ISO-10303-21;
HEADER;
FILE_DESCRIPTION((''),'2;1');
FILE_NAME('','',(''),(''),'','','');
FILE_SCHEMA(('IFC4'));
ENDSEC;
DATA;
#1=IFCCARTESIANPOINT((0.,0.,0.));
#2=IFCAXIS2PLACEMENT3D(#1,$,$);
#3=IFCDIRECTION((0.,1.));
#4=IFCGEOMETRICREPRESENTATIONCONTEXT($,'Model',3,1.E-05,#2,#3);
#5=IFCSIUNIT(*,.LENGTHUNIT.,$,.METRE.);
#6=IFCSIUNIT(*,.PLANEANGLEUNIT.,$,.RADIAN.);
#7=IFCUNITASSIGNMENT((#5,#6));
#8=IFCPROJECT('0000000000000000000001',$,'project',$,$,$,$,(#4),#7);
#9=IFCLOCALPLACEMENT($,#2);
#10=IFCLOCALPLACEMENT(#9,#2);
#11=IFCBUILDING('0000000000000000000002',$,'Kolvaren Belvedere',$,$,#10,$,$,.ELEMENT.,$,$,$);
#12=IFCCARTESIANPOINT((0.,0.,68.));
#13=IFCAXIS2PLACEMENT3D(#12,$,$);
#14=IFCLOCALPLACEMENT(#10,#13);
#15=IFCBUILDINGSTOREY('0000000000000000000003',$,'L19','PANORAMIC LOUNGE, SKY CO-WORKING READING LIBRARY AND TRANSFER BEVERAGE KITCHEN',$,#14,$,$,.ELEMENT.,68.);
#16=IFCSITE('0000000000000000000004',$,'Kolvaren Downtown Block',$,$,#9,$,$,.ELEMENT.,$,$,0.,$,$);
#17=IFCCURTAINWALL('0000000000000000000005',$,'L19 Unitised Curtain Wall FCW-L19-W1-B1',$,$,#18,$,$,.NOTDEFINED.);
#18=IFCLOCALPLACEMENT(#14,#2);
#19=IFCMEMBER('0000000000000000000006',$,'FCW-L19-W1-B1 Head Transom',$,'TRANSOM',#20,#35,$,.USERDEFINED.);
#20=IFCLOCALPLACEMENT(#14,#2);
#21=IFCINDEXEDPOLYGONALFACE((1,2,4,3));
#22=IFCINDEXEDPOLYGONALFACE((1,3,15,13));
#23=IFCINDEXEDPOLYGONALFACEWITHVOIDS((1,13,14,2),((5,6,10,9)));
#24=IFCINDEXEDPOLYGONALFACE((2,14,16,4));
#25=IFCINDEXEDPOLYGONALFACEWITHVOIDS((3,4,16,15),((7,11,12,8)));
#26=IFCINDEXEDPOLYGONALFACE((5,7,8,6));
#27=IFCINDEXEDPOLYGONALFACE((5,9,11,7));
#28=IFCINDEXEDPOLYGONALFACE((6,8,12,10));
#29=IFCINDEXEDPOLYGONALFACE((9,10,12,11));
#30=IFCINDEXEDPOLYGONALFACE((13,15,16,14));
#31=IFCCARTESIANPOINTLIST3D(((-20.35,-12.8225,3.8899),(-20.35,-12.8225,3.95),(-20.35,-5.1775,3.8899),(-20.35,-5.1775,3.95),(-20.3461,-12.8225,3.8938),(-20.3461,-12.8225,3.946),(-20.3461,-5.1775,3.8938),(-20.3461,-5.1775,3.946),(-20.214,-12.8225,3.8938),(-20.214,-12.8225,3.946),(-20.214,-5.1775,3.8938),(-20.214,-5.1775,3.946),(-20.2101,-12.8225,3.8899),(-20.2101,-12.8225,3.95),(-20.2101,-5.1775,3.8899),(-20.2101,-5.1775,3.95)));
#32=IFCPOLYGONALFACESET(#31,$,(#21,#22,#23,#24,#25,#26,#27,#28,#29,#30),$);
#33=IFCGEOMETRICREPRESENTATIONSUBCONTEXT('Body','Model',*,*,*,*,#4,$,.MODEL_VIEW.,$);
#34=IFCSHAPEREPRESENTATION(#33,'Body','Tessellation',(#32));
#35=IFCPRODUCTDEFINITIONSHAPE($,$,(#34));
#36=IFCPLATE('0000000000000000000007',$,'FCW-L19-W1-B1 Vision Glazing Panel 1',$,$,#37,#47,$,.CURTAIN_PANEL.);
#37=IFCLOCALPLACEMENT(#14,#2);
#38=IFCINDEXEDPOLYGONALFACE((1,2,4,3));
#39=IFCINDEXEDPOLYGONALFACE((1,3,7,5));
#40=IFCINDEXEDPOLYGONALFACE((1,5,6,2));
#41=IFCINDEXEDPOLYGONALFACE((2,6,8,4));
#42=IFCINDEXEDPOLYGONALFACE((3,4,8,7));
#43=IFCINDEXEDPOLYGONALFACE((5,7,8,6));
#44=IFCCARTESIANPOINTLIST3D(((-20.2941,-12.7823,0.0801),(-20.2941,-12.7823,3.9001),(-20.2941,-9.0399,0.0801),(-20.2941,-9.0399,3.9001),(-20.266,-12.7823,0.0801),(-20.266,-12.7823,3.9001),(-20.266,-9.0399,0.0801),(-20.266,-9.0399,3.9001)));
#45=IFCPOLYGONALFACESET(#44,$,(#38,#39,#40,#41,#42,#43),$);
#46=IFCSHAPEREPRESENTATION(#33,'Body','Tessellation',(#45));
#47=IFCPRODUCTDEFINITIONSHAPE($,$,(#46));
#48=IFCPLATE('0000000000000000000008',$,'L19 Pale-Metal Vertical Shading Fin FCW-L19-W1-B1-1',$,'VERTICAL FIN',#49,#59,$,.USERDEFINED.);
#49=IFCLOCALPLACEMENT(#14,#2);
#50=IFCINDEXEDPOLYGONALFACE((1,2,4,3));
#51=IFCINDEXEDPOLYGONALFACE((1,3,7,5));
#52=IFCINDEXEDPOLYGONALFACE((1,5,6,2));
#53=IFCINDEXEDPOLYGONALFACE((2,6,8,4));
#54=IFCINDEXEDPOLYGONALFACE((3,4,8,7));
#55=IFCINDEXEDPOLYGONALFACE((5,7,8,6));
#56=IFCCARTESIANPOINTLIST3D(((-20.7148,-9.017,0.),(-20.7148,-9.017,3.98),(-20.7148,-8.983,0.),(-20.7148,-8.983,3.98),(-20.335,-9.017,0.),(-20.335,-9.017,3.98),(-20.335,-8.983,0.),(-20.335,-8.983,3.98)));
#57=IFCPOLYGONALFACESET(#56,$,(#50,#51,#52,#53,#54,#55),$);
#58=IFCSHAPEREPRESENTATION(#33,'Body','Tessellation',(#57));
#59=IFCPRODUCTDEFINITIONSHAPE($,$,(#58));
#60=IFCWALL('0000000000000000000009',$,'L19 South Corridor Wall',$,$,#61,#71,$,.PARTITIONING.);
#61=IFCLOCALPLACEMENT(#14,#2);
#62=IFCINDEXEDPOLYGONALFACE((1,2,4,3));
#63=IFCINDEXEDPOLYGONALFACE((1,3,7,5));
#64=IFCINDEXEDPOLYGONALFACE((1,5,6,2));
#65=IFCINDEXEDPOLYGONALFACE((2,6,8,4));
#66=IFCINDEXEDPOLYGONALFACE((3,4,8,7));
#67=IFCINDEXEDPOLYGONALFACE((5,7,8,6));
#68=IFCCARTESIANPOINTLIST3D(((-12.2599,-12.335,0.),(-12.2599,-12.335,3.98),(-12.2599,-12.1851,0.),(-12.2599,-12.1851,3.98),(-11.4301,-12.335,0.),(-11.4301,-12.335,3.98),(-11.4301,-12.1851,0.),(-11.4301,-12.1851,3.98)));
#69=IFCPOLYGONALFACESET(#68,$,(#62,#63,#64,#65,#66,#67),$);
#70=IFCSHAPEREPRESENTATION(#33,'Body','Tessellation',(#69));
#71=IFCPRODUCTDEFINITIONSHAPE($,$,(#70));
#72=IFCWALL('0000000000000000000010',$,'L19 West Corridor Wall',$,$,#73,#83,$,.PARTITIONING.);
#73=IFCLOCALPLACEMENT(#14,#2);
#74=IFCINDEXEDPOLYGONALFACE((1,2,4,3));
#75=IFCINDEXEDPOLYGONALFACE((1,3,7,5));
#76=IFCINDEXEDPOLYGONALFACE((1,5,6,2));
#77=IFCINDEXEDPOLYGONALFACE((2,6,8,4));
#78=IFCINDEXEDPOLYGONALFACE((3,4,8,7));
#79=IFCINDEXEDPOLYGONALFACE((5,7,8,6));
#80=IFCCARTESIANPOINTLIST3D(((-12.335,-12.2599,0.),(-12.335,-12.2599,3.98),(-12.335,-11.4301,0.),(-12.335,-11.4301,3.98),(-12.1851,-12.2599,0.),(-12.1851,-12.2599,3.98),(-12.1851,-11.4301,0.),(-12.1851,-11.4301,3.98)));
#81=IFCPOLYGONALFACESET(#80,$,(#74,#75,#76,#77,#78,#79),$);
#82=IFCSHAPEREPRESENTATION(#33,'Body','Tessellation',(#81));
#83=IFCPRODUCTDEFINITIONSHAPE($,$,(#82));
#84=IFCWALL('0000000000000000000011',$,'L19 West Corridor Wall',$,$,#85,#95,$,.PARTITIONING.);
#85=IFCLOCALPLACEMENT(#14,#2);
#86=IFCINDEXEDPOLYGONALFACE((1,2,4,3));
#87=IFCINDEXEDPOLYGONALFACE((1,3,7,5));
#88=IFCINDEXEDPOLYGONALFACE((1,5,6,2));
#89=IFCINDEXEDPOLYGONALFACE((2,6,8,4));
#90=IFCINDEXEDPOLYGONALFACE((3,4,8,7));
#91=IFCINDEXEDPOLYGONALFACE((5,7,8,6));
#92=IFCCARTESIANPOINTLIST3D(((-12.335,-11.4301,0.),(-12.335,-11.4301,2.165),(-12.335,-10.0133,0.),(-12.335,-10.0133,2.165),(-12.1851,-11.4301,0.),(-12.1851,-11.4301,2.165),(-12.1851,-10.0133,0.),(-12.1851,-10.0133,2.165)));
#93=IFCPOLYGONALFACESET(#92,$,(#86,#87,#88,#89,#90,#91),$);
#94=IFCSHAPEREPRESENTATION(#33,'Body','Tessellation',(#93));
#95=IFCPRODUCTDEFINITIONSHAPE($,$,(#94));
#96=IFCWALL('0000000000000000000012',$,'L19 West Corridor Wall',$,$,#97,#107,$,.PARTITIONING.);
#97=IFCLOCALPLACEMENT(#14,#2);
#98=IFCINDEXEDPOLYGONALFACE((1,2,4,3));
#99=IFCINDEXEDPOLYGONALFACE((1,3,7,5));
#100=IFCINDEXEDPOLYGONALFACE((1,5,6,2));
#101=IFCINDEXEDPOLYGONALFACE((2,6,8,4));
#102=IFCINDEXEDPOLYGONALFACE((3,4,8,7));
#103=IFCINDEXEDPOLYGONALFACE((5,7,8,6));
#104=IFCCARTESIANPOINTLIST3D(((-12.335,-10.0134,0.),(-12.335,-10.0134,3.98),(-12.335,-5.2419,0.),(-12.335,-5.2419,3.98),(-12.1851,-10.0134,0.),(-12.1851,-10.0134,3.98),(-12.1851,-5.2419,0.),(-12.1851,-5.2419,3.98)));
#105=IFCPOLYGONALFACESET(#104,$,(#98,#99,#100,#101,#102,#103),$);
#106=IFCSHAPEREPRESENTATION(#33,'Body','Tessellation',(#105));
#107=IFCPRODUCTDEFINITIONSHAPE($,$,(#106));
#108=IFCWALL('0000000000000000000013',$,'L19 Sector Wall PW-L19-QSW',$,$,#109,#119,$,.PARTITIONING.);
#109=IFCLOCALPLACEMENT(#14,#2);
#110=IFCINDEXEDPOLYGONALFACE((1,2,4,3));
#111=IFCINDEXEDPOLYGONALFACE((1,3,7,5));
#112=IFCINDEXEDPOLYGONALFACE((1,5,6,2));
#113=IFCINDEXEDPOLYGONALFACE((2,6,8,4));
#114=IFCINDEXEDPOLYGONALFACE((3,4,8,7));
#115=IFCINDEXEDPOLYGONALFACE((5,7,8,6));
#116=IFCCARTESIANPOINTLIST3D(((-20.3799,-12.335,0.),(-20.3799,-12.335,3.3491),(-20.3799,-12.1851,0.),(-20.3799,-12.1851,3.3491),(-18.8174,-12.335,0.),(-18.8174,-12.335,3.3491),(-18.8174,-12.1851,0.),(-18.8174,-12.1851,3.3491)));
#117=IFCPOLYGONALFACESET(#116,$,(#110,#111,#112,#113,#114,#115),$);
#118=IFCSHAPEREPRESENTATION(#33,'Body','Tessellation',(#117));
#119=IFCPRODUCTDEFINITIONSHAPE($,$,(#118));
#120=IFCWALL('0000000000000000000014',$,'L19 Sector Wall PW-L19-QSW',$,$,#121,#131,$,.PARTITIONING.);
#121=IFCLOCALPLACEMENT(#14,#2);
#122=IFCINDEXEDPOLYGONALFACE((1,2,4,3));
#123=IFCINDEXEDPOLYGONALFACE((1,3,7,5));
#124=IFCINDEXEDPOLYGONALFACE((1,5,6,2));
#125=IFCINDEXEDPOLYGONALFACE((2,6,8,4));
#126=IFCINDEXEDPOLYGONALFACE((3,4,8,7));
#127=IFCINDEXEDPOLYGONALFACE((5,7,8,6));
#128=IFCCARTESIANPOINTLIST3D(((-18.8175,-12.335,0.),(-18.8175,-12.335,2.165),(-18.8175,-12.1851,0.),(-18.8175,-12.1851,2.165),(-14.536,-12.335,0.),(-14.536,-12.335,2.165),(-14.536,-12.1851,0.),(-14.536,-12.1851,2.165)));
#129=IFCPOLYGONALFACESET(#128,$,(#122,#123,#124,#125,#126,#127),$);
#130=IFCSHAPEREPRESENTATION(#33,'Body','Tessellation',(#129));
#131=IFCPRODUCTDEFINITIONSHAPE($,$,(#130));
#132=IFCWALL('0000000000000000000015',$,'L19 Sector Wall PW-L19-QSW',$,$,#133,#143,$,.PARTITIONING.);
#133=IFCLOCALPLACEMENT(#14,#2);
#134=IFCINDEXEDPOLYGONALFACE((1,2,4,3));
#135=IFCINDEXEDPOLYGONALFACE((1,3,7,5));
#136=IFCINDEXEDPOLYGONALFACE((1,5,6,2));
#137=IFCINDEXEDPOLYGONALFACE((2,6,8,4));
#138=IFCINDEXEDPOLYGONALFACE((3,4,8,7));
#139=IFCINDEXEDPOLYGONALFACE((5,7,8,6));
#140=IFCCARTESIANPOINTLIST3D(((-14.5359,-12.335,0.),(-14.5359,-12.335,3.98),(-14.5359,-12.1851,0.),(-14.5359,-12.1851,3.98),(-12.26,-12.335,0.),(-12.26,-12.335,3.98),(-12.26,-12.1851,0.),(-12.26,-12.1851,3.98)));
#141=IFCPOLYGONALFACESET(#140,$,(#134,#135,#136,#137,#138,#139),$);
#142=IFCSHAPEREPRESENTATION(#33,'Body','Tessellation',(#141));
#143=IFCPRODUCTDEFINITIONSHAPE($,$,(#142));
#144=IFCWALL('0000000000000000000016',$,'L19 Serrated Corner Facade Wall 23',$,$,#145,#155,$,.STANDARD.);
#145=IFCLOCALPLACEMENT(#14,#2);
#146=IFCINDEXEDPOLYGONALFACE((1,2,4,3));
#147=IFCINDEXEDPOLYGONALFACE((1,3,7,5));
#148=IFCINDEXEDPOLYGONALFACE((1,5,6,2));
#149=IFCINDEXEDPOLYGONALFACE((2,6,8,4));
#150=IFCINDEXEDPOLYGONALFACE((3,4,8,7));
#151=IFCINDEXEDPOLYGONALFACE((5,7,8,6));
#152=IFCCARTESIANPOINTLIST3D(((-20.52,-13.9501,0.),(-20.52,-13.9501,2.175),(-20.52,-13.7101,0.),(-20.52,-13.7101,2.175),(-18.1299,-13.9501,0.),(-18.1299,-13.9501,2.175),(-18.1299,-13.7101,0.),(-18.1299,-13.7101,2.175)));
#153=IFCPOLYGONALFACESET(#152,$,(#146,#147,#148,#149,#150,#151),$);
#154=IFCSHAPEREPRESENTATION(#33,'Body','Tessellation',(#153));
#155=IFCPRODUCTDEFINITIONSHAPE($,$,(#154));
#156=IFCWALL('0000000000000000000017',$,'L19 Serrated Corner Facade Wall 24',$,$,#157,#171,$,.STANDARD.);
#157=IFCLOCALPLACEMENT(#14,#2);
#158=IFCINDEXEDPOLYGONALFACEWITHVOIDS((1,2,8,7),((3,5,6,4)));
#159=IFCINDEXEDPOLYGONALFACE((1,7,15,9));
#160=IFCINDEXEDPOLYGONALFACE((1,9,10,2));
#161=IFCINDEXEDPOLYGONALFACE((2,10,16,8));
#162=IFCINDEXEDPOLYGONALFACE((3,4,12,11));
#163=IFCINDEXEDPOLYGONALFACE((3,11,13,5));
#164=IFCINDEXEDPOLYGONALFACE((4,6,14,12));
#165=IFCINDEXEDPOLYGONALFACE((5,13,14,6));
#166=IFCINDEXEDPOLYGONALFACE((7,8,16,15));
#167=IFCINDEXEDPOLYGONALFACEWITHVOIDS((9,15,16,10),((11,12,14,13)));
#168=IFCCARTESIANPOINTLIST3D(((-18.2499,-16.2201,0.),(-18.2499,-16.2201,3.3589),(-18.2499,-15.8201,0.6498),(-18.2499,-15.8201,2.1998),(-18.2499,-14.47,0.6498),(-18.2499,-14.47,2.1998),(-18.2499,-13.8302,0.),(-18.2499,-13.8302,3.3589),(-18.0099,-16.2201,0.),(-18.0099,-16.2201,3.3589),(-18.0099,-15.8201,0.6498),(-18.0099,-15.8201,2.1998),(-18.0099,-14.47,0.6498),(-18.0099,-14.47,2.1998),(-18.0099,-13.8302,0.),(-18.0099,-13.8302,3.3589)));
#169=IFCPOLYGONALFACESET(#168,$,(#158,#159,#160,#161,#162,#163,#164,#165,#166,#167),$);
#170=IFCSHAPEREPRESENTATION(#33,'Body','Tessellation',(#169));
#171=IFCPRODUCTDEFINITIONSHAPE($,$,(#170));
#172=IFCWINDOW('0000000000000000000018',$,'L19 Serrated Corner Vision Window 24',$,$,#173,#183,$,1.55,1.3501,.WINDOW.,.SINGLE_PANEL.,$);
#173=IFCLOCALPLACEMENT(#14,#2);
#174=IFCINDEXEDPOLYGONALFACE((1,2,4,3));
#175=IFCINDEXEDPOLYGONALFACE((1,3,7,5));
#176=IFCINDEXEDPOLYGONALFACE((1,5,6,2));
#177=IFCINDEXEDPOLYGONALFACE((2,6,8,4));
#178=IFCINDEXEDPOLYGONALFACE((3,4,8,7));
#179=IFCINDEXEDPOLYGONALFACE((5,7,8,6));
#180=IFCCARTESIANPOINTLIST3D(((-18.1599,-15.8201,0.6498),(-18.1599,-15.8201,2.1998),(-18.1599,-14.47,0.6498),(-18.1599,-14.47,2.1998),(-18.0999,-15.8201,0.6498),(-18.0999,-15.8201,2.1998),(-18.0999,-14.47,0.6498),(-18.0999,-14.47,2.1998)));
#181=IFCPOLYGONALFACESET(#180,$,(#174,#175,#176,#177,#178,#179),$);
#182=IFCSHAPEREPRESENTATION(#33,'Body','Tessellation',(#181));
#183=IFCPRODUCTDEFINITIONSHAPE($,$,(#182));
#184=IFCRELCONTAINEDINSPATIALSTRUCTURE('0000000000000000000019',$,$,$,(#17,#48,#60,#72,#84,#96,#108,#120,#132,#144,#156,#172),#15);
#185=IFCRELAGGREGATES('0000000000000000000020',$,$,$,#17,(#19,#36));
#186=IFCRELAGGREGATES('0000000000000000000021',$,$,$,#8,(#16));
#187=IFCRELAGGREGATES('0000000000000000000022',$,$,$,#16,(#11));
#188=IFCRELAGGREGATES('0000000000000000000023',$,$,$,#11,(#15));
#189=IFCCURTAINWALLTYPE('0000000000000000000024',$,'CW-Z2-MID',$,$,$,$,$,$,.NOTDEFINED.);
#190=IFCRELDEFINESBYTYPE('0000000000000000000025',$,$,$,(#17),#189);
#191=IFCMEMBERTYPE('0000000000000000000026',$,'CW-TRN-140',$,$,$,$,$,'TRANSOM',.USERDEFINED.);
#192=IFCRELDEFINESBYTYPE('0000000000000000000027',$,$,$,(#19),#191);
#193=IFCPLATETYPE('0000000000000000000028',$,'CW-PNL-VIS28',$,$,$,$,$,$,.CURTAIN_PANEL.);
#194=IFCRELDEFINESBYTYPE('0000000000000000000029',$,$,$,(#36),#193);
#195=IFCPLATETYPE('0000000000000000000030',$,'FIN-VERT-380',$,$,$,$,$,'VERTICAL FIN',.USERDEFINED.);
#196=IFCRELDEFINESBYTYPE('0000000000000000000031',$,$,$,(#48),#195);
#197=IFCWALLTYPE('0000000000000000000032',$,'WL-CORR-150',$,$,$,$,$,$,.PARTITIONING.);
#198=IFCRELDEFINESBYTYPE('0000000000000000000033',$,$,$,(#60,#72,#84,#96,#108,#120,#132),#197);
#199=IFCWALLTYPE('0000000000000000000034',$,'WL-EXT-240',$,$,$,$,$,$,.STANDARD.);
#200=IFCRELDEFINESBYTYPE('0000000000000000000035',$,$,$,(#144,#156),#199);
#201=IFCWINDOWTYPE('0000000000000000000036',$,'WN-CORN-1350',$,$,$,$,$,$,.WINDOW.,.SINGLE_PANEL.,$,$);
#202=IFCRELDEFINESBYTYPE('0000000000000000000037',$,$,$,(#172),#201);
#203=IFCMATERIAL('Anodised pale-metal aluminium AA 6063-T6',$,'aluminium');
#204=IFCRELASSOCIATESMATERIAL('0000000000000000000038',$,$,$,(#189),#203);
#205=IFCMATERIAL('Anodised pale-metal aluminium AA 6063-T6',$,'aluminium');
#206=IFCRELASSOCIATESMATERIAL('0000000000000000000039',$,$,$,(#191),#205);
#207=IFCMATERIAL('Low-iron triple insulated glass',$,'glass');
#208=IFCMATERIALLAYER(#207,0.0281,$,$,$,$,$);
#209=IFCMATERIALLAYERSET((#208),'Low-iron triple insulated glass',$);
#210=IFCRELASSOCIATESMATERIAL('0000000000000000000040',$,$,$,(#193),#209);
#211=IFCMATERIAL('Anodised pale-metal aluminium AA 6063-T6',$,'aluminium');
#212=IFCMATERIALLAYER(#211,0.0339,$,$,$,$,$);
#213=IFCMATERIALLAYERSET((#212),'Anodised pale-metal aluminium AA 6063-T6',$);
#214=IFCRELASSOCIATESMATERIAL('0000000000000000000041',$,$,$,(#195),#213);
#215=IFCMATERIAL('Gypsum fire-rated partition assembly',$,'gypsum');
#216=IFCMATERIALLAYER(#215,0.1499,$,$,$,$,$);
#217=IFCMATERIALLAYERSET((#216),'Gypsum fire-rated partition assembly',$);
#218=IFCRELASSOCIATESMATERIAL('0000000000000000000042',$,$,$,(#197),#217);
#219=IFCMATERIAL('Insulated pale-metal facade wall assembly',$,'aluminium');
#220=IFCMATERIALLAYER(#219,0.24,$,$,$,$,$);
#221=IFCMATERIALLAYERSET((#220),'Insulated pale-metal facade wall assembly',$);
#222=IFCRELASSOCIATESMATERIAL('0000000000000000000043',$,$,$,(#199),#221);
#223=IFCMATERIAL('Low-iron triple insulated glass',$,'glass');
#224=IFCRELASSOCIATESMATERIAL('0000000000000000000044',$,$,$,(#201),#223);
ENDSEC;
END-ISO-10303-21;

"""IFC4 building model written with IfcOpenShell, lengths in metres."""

from ifc_helpers import new_model, si_unit, direction, frame, frame_2d, origin, origin_2d, place, context, subcontext, project, spatial, rectangle, hollow_rectangle, extrude, material, layer, layer_set, material_profile, profile_set, type_object, element, fill, aggregate, save


model = new_model("IFC4")

# Units and contexts
model_context = context("Model", 3, precision=1e-05, world=origin(), true_north=direction((0.0, 1.0)))
body_context = subcontext(model_context, "Body", "Model", "MODEL_VIEW")
ifc_project = project(units=[si_unit("LENGTHUNIT", "METRE"), si_unit("PLANEANGLEUNIT", "RADIAN")], contexts=[model_context])

# Site, building, storey
site_placement = place(None, origin())
site = spatial("IfcSite", under=ifc_project, at=site_placement, Name="Kolvaren Downtown Block", CompositionType="ELEMENT", RefElevation=0.0)
building_placement = place(site_placement, origin())
building = spatial("IfcBuilding", under=site, at=building_placement, Name="Kolvaren Belvedere", CompositionType="ELEMENT")
storey_placement = place(building_placement, frame((0.0, 0.0, 68.0)))
storey = spatial("IfcBuildingStorey", under=building, at=storey_placement, Name="L19", Description="PANORAMIC LOUNGE, SKY CO-WORKING READING LIBRARY AND TRANSFER BEVERAGE KITCHEN", CompositionType="ELEMENT", Elevation=68.0)

# Shared definitions
ifc_material_1 = material(Name="Anodised pale-metal aluminium AA 6063-T6", Category="aluminium")
curtain_wall_type = type_object("IfcCurtainWallType", Name="CW-Z2-MID", PredefinedType="NOTDEFINED", material=ifc_material_1)

# Curtain wall, member, plate
curtain_wall_1_placement = place(storey_placement, origin())
curtain_wall_1 = element("IfcCurtainWall", 1, at=curtain_wall_1_placement, inside=storey, type_object=curtain_wall_type, Name="L19 Unitised Curtain Wall FCW-L19-W1-B1", PredefinedType="NOTDEFINED")
ifc_material_2 = material(Name="Anodised pale-metal aluminium AA 6063-T6", Category="aluminium")
ifc_material_profile_1 = material_profile(ifc_material_2, hollow_rectangle(XDim=0.0601, YDim=0.1399, WallThickness=0.0039, at=origin_2d()), Name="ALU-TRN-140X60")
ifc_profile_set_1 = profile_set([ifc_material_profile_1], Name="Anodised pale-metal aluminium AA 6063-T6")
member_type_1 = type_object("IfcMemberType", Name="CW-TRN-140", ElementType="TRANSOM", PredefinedType="USERDEFINED", material=ifc_profile_set_1)
member_1_placement = place(storey_placement, frame((-20.28, -12.8225, 3.9199), z_axis=(0.0, 1.0, 0.0), x_axis=(0.0, 0.0, 1.0)))
member_1 = element("IfcMember", 2, at=member_1_placement, type_object=member_type_1, Name="FCW-L19-W1-B1 Head Transom", ObjectType="TRANSOM", PredefinedType="USERDEFINED", context=body_context, shape_type="SweptSolid", body=[
    extrude(hollow_rectangle(XDim=0.0601, YDim=0.1399, WallThickness=0.0039, at=origin_2d()), origin(), (0.0, 0.0, 1.0), 7.645),
])
ifc_material_3 = material(Name="Low-iron triple insulated glass", Category="glass")
ifc_layer_1 = layer(ifc_material_3, 0.0281)
ifc_layer_set_1 = layer_set([ifc_layer_1], Name="Low-iron triple insulated glass")
plate_type_1 = type_object("IfcPlateType", Name="CW-PNL-VIS28", PredefinedType="CURTAIN_PANEL", material=ifc_layer_set_1)
plate_1_placement = place(storey_placement, frame((-20.28, -10.9111, 0.0801), z_axis=(0.0, 0.0, 1.0), x_axis=(0.0, 1.0, 0.0)))
plate_1 = element("IfcPlate", 3, at=plate_1_placement, type_object=plate_type_1, Name="FCW-L19-W1-B1 Vision Glazing Panel 1", PredefinedType="CURTAIN_PANEL", context=body_context, shape_type="SweptSolid", body=[
    extrude(rectangle(XDim=3.7424, YDim=0.0281, at=origin_2d()), origin(), (0.0, 0.0, 1.0), 3.8201),
])
aggregate(curtain_wall_1, [member_1, plate_1])

# Plate
ifc_material_4 = material(Name="Anodised pale-metal aluminium AA 6063-T6", Category="aluminium")
ifc_layer_2 = layer(ifc_material_4, 0.0339)
ifc_layer_set_2 = layer_set([ifc_layer_2], Name="Anodised pale-metal aluminium AA 6063-T6")
plate_type_2 = type_object("IfcPlateType", Name="FIN-VERT-380", ElementType="VERTICAL FIN", PredefinedType="USERDEFINED", material=ifc_layer_set_2)
plate_2_placement = place(storey_placement, frame((-20.5249, -9.0, 0.0), z_axis=(0.0, 0.0, 1.0), x_axis=(1.0, 0.0, 0.0)))
element("IfcPlate", 4, at=plate_2_placement, inside=storey, type_object=plate_type_2, Name="L19 Pale-Metal Vertical Shading Fin FCW-L19-W1-B1-1", ObjectType="VERTICAL FIN", PredefinedType="USERDEFINED", context=body_context, shape_type="SweptSolid", body=[
    extrude(rectangle(XDim=0.3799, YDim=0.0339, at=origin_2d()), origin(), (0.0, 0.0, 1.0), 3.98),
])

# Walls
ifc_material_5 = material(Name="Gypsum fire-rated partition assembly", Category="gypsum")
ifc_layer_3 = layer(ifc_material_5, 0.1499)
ifc_layer_set_3 = layer_set([ifc_layer_3], Name="Gypsum fire-rated partition assembly")
wall_type_1 = type_object("IfcWallType", Name="WL-CORR-150", PredefinedType="PARTITIONING", material=ifc_layer_set_3)
for number, where, z_axis, x_axis, name in (
    (5, (-12.26, -12.26, 0.0), (0.0, 0.0, 1.0), (1.0, 0.0, 0.0), "L19 South Corridor Wall"),
    (6, (-12.26, -12.26, 0.0), (0.0, 0.0, 1.0), (0.0, 1.0, 0.0), "L19 West Corridor Wall"),
):
    element("IfcWall", number, at=place(storey_placement, frame(where, z_axis=z_axis, x_axis=x_axis)), inside=storey, type_object=wall_type_1, Name=name, PredefinedType="PARTITIONING", context=body_context, shape_type="SweptSolid", body=[
        extrude(rectangle(XDim=0.8298, YDim=0.1499, at=frame_2d((0.415, 0.0))), origin(), (0.0, 0.0, 1.0), 3.98),
    ])
wall_1_placement = place(storey_placement, frame((-12.26, -11.4302, 0.0), z_axis=(0.0, 0.0, 1.0), x_axis=(0.0, 1.0, 0.0)))
element("IfcWall", 7, at=wall_1_placement, inside=storey, type_object=wall_type_1, Name="L19 West Corridor Wall", PredefinedType="PARTITIONING", context=body_context, shape_type="SweptSolid", body=[
    extrude(rectangle(XDim=1.4167, YDim=0.1499, at=frame_2d((0.7085, 0.0))), origin(), (0.0, 0.0, 1.0), 2.165),
])
wall_2_placement = place(storey_placement, frame((-12.26, -10.0134, 0.0), z_axis=(0.0, 0.0, 1.0), x_axis=(0.0, 1.0, 0.0)))
element("IfcWall", 8, at=wall_2_placement, inside=storey, type_object=wall_type_1, Name="L19 West Corridor Wall", PredefinedType="PARTITIONING", context=body_context, shape_type="SweptSolid", body=[
    extrude(rectangle(XDim=4.7715, YDim=0.1499, at=frame_2d((2.3857, 0.0))), origin(), (0.0, 0.0, 1.0), 3.98),
])
wall_3_placement = place(storey_placement, frame((-20.3799, -12.26, 0.0), z_axis=(0.0, 0.0, 1.0), x_axis=(1.0, 0.0, 0.0)))
element("IfcWall", 9, at=wall_3_placement, inside=storey, type_object=wall_type_1, Name="L19 Sector Wall PW-L19-QSW", PredefinedType="PARTITIONING", context=body_context, shape_type="SweptSolid", body=[
    extrude(rectangle(XDim=1.5625, YDim=0.1499, at=frame_2d((0.7812, 0.0))), origin(), (0.0, 0.0, 1.0), 3.3491),
])
wall_4_placement = place(storey_placement, frame((-18.8174, -12.26, 0.0), z_axis=(0.0, 0.0, 1.0), x_axis=(1.0, 0.0, 0.0)))
element("IfcWall", 10, at=wall_4_placement, inside=storey, type_object=wall_type_1, Name="L19 Sector Wall PW-L19-QSW", PredefinedType="PARTITIONING", context=body_context, shape_type="SweptSolid", body=[
    extrude(rectangle(XDim=4.2815, YDim=0.1499, at=frame_2d((2.1406, 0.0))), origin(), (0.0, 0.0, 1.0), 2.165),
])
wall_5_placement = place(storey_placement, frame((-14.5359, -12.26, 0.0), z_axis=(0.0, 0.0, 1.0), x_axis=(1.0, 0.0, 0.0)))
element("IfcWall", 11, at=wall_5_placement, inside=storey, type_object=wall_type_1, Name="L19 Sector Wall PW-L19-QSW", PredefinedType="PARTITIONING", context=body_context, shape_type="SweptSolid", body=[
    extrude(rectangle(XDim=2.2759, YDim=0.1499, at=frame_2d((1.1379, 0.0))), origin(), (0.0, 0.0, 1.0), 3.98),
])
ifc_material_6 = material(Name="Insulated pale-metal facade wall assembly", Category="aluminium")
ifc_layer_4 = layer(ifc_material_6, 0.24)
ifc_layer_set_4 = layer_set([ifc_layer_4], Name="Insulated pale-metal facade wall assembly")
wall_type_2 = type_object("IfcWallType", Name="WL-EXT-240", PredefinedType="STANDARD", material=ifc_layer_set_4)
wall_6_placement = place(storey_placement, frame((-18.1299, -13.8301, 0.0), z_axis=(0.0, 0.0, 1.0), x_axis=(-1.0, 0.0, 0.0)))
element("IfcWall", 12, at=wall_6_placement, inside=storey, type_object=wall_type_2, Name="L19 Serrated Corner Facade Wall 23", PredefinedType="STANDARD", context=body_context, shape_type="SweptSolid", body=[
    extrude(rectangle(XDim=2.3901, YDim=0.24, at=frame_2d((1.1951, 0.0))), origin(), (0.0, 0.0, 1.0), 2.175),
])

# Wall, opening, window
wall_7_placement = place(storey_placement, frame((-18.1299, -16.22, 0.0), z_axis=(0.0, 0.0, 1.0), x_axis=(0.0, 1.0, 0.0)))
wall_7 = element("IfcWall", 13, at=wall_7_placement, inside=storey, type_object=wall_type_2, Name="L19 Serrated Corner Facade Wall 24", PredefinedType="STANDARD", context=body_context, shape_type="SweptSolid", body=[
    extrude(rectangle(XDim=2.3899, YDim=0.24, at=frame_2d((1.1948, 0.0))), origin(), (0.0, 0.0, 1.0), 3.3589),
])
opening_1_placement = place(wall_7_placement, frame((0.3999, 0.0, 0.6499)))
opening_1 = element("IfcOpeningElement", 14, at=opening_1_placement, cuts=wall_7, PredefinedType="OPENING", context=body_context, shape_type="SweptSolid", body=[
    extrude(rectangle(XDim=1.3501, YDim=1.55, at=frame_2d((0.675, 0.7749))), frame((0.0, 0.1299, 0.0), z_axis=(0.0, -1.0, 0.0), x_axis=(1.0, 0.0, 0.0)), (0.0, 0.0, 1.0), 0.26),
])
ifc_material_7 = material(Name="Low-iron triple insulated glass", Category="glass")
window_type_1 = type_object("IfcWindowType", Name="WN-CORN-1350", PartitioningType="SINGLE_PANEL", PredefinedType="WINDOW", material=ifc_material_7)
window_1_placement = place(opening_1_placement, origin())
window_1 = element("IfcWindow", 15, at=window_1_placement, inside=storey, type_object=window_type_1, Name="L19 Serrated Corner Vision Window 24", OverallHeight=1.55, OverallWidth=1.3501, PartitioningType="SINGLE_PANEL", PredefinedType="WINDOW", context=body_context, shape_type="SweptSolid", body=[
    extrude(rectangle(XDim=1.3501, YDim=1.55, at=frame_2d((0.675, 0.7749))), frame((0.0, 0.03, 0.0), z_axis=(0.0, -1.0, 0.0), x_axis=(1.0, 0.0, 0.0)), (0.0, 0.0, 1.0), 0.0601),
])
fill(opening_1, window_1)

save(model, "model.ifc")
